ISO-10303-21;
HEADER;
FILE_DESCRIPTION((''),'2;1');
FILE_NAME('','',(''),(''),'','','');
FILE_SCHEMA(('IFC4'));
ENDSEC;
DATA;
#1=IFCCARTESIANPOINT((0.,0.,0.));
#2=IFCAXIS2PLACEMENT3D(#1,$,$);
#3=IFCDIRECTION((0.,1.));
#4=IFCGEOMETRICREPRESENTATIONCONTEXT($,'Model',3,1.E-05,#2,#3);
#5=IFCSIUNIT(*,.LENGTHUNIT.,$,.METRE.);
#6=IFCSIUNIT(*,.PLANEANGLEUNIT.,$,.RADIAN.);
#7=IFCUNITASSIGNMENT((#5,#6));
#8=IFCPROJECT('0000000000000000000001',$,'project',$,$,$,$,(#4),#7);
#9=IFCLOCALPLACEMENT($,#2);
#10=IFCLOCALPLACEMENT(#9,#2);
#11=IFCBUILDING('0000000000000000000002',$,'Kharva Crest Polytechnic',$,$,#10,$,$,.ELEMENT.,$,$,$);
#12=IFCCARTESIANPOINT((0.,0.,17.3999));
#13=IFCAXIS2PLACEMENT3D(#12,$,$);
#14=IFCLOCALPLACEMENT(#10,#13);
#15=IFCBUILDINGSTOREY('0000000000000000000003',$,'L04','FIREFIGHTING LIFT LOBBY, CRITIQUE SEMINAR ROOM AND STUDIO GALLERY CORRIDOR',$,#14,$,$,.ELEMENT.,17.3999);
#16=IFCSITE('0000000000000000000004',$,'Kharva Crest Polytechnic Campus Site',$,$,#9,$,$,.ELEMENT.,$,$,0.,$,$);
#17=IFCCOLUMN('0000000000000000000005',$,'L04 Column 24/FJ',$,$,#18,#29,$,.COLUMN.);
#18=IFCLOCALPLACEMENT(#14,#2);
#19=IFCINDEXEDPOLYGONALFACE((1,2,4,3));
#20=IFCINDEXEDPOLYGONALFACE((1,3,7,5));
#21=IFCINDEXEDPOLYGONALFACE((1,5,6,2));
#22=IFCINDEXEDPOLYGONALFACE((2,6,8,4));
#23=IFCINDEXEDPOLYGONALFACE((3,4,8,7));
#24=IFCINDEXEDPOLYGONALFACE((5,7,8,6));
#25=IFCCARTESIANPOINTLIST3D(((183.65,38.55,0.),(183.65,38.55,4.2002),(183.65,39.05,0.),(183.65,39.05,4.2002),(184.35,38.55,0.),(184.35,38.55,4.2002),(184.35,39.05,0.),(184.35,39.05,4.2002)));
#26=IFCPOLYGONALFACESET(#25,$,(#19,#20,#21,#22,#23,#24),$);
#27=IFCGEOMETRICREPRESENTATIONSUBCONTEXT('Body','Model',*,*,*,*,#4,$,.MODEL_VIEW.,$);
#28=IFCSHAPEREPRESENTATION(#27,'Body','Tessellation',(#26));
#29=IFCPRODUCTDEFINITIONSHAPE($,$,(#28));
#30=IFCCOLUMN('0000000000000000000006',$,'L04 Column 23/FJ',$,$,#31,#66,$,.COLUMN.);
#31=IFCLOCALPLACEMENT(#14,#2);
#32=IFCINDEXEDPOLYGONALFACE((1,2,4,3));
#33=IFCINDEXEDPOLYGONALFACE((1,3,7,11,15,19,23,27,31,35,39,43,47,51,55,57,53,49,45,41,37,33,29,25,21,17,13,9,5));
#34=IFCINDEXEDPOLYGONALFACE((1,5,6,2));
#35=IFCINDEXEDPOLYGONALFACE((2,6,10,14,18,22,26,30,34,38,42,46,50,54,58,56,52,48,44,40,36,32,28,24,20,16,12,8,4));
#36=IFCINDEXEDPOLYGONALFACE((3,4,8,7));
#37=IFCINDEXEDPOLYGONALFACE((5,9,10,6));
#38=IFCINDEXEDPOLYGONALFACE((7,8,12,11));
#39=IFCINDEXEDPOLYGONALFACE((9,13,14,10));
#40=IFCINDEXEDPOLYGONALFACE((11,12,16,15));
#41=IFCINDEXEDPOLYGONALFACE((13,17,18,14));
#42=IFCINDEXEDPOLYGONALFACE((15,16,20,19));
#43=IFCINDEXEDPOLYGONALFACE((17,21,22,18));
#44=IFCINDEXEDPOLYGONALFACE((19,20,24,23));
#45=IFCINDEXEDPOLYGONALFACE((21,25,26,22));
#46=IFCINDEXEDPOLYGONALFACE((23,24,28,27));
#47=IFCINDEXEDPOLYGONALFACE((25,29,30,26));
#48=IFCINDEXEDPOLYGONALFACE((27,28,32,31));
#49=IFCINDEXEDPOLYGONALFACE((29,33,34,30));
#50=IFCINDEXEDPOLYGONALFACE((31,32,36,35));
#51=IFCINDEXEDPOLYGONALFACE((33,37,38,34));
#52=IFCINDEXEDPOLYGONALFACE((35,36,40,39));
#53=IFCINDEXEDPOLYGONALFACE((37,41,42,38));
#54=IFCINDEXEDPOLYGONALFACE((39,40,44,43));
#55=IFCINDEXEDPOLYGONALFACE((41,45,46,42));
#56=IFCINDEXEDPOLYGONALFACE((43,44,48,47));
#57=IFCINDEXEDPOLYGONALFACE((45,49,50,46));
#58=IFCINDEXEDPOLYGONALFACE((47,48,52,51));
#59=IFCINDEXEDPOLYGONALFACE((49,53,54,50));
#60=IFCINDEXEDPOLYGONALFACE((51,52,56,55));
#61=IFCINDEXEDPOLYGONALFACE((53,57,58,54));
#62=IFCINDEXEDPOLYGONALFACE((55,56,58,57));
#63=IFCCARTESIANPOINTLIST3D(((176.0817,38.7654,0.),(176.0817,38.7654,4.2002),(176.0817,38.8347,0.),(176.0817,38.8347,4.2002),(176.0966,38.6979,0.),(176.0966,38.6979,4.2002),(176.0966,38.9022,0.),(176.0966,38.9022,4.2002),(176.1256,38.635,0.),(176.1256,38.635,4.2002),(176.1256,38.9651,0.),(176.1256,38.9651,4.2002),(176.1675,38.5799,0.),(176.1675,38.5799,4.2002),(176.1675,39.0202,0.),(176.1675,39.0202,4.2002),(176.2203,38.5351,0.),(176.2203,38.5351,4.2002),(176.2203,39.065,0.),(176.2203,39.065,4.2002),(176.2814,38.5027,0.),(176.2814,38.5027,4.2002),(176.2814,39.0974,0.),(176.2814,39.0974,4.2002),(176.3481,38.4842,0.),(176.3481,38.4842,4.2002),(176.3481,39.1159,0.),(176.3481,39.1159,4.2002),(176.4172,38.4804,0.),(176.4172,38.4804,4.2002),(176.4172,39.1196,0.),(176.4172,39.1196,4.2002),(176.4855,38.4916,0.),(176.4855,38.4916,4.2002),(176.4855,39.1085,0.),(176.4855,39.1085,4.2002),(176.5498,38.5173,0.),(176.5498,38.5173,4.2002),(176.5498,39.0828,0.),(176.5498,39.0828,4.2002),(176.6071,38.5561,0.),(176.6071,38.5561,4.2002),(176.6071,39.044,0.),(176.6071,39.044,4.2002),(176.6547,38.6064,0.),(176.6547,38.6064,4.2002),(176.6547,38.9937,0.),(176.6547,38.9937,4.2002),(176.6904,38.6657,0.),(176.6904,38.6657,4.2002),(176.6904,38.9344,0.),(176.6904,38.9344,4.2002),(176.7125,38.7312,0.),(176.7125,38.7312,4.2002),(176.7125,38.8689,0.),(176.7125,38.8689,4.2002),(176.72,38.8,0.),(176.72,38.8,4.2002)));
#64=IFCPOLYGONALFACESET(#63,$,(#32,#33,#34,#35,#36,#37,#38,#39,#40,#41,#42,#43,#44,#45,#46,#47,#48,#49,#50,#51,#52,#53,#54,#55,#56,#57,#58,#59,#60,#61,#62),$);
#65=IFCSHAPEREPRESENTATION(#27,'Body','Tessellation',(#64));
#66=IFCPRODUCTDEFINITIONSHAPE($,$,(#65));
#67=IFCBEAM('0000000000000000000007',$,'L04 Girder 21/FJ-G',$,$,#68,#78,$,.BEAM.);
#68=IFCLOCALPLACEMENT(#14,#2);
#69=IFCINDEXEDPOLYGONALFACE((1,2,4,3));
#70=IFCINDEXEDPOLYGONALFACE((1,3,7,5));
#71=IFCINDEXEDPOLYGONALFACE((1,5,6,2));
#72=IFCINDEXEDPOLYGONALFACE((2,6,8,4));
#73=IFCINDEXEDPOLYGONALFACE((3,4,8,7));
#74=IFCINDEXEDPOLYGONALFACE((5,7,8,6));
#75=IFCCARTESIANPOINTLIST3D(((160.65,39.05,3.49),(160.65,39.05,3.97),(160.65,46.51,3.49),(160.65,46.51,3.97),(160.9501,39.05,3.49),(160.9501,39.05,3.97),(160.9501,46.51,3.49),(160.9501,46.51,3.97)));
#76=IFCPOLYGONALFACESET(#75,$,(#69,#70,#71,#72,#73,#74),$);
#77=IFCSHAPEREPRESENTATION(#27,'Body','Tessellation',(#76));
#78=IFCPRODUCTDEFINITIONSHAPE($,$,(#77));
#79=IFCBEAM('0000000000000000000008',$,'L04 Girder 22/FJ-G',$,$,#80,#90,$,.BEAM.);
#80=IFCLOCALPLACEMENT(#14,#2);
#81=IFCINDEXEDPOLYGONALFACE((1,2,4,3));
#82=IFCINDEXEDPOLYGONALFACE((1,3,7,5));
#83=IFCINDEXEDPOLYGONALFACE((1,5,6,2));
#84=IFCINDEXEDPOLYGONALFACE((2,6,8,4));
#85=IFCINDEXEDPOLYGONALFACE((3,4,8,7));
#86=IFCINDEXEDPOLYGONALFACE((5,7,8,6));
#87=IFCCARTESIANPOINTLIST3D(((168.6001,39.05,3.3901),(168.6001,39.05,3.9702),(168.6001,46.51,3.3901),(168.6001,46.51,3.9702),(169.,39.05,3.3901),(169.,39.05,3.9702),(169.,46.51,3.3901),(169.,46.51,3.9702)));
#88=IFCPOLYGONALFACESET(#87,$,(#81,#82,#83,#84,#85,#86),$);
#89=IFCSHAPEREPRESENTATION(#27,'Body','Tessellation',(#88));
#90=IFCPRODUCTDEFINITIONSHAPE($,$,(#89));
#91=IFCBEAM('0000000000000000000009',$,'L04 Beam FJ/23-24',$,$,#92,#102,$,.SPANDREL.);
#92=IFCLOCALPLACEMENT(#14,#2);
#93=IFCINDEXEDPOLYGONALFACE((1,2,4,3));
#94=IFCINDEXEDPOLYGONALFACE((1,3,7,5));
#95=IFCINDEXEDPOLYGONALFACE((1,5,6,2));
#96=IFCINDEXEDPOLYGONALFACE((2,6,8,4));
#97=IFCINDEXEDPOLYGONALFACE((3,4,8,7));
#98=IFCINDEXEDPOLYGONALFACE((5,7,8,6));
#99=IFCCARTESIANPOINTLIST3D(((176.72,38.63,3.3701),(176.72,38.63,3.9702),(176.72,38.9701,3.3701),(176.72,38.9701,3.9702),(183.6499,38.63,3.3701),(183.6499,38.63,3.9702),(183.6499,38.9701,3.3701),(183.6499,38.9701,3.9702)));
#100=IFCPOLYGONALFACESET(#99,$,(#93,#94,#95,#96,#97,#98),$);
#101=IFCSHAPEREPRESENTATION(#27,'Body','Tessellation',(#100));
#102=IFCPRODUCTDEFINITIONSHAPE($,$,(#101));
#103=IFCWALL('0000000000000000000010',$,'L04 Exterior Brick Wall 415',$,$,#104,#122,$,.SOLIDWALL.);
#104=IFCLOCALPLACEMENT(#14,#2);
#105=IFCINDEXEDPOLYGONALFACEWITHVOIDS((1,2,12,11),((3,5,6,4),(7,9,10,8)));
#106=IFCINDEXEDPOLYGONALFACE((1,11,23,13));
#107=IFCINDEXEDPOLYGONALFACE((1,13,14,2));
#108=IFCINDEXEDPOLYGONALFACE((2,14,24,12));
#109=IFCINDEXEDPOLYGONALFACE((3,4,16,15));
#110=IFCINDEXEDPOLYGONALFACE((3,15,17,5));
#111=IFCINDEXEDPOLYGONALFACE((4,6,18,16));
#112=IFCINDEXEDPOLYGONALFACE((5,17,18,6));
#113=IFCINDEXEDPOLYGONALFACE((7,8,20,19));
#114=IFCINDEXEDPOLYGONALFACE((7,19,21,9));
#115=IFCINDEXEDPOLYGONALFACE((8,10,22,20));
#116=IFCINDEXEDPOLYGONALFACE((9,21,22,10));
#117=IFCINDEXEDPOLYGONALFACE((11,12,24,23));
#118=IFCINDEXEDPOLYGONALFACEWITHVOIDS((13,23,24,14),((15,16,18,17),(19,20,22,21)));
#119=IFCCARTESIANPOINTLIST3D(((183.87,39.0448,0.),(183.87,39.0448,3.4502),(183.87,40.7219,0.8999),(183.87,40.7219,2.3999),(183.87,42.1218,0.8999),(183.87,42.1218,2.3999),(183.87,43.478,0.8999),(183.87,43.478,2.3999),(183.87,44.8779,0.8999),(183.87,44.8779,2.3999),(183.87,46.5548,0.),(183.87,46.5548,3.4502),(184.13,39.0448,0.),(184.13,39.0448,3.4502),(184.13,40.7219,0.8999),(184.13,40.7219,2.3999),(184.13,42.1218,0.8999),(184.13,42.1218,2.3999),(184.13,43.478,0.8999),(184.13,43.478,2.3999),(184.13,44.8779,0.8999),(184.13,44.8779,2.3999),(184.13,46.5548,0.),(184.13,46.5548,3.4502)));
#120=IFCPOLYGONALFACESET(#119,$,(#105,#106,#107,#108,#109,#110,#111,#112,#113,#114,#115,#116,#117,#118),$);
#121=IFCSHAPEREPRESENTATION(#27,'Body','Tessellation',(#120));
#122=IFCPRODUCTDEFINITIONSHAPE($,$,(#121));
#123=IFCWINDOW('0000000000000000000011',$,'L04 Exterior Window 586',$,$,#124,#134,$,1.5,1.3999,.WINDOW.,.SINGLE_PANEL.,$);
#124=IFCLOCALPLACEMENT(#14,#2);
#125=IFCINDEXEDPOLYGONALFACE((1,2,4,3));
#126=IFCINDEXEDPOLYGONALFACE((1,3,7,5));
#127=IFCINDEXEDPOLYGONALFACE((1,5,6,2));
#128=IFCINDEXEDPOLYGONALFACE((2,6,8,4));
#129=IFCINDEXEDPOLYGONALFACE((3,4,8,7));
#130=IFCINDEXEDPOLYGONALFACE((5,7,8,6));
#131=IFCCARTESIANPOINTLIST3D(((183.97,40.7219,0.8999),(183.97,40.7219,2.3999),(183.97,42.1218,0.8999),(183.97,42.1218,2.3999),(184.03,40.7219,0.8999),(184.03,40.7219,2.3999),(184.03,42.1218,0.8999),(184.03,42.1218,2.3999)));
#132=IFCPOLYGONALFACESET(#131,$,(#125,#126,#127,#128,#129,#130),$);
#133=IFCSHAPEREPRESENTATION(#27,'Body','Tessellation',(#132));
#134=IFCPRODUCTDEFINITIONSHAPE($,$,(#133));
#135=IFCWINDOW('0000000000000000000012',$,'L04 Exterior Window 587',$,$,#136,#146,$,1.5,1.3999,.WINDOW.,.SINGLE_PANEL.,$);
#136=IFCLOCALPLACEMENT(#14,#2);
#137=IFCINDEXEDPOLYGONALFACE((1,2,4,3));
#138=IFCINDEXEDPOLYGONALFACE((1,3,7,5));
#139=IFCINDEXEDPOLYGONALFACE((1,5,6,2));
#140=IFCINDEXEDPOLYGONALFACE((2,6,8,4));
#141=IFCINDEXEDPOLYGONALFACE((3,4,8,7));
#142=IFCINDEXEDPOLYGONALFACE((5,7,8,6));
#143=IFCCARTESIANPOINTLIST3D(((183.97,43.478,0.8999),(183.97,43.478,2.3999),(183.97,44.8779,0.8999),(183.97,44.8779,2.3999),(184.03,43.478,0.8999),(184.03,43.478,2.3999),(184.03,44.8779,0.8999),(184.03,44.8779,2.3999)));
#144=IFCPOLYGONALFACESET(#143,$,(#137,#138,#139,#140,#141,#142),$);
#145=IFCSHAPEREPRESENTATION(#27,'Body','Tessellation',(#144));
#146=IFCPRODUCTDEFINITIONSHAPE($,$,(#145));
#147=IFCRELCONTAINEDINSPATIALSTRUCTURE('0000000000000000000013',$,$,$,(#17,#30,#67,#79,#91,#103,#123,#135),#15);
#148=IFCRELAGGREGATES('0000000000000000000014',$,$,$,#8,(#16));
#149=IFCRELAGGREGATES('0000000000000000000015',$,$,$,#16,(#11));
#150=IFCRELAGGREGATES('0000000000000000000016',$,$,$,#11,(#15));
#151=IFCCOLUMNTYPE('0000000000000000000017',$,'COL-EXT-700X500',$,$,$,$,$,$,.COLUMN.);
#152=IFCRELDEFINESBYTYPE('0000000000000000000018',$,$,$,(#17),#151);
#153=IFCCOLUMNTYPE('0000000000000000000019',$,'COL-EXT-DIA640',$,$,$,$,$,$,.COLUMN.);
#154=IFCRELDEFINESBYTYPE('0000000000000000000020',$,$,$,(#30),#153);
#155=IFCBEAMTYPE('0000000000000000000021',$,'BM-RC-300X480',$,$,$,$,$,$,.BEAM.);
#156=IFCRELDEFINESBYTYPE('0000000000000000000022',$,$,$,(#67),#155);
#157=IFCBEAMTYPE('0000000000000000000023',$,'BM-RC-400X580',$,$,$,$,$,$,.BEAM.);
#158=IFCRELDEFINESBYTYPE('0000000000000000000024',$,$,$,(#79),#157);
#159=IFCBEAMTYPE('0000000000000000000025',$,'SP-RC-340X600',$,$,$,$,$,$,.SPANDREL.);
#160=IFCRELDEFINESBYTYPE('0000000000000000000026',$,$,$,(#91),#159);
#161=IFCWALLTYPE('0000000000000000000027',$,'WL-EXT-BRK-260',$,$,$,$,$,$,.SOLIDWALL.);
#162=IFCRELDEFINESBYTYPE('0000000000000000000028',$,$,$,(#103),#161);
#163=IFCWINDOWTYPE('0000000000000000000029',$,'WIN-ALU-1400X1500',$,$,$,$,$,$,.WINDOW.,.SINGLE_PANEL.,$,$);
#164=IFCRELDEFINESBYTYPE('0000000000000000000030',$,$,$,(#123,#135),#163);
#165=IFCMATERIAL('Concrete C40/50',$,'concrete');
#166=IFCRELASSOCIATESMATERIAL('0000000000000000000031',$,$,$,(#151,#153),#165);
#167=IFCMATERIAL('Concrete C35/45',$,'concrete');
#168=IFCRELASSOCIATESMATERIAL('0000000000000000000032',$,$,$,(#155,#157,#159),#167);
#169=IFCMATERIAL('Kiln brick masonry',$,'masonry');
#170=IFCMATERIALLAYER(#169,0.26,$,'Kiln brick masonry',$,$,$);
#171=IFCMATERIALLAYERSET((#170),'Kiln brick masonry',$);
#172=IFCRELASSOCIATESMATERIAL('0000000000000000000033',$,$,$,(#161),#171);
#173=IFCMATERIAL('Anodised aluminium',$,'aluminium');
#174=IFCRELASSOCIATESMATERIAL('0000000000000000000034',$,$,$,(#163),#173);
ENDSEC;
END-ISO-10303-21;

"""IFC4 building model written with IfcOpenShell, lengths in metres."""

from ifc_helpers import new_model, si_unit, direction, frame, frame_2d, origin, origin_2d, place, context, subcontext, project, spatial, rectangle, circle, extrude, material, layer, layer_set, material_profile, profile_set, type_object, element, fill, save


model = new_model("IFC4")

# Units and contexts
model_context = context("Model", 3, precision=1e-05, world=origin(), true_north=direction((0.0, 1.0)))
body_context = subcontext(model_context, "Body", "Model", "MODEL_VIEW")
ifc_project = project(units=[si_unit("LENGTHUNIT", "METRE"), si_unit("PLANEANGLEUNIT", "RADIAN")], contexts=[model_context])

# Site, building, storey
site_placement = place(None, origin())
site = spatial("IfcSite", under=ifc_project, at=site_placement, Name="Kharva Crest Polytechnic Campus Site", CompositionType="ELEMENT", RefElevation=0.0)
building_placement = place(site_placement, origin())
building = spatial("IfcBuilding", under=site, at=building_placement, Name="Kharva Crest Polytechnic", CompositionType="ELEMENT")
storey_placement = place(building_placement, frame((0.0, 0.0, 17.3999)))
storey = spatial("IfcBuildingStorey", under=building, at=storey_placement, Name="L04", Description="FIREFIGHTING LIFT LOBBY, CRITIQUE SEMINAR ROOM AND STUDIO GALLERY CORRIDOR", CompositionType="ELEMENT", Elevation=17.3999)

# Columns
ifc_material_1 = material(Name="Concrete C40/50", Category="concrete")
ifc_material_profile_1 = material_profile(ifc_material_1, rectangle(XDim=0.7, YDim=0.5, at=origin_2d()), Name="RECT 700 X 500")
ifc_profile_set_1 = profile_set([ifc_material_profile_1], Name="Concrete C40/50")
column_type_1 = type_object("IfcColumnType", Name="COL-EXT-700X500", PredefinedType="COLUMN", material=ifc_profile_set_1)
column_1_placement = place(storey_placement, frame((184.0, 38.8, 0.0), z_axis=(0.0, 0.0, 1.0), x_axis=(1.0, 0.0, 0.0)))
element("IfcColumn", 1, at=column_1_placement, inside=storey, type_object=column_type_1, Name="L04 Column 24/FJ", PredefinedType="COLUMN", context=body_context, shape_type="SweptSolid", body=[
    extrude(rectangle(XDim=0.7, YDim=0.5, at=origin_2d()), origin(), (0.0, 0.0, 1.0), 4.2002),
])
ifc_material_profile_2 = material_profile(ifc_material_1, circle(Radius=0.3201, at=origin_2d()), Name="DIA 640")
ifc_profile_set_2 = profile_set([ifc_material_profile_2], Name="Concrete C40/50")
column_type_2 = type_object("IfcColumnType", Name="COL-EXT-DIA640", PredefinedType="COLUMN", material=ifc_profile_set_2)
column_2_placement = place(storey_placement, frame((176.3999, 38.8, 0.0), z_axis=(0.0, 0.0, 1.0), x_axis=(1.0, 0.0, 0.0)))
element("IfcColumn", 2, at=column_2_placement, inside=storey, type_object=column_type_2, Name="L04 Column 23/FJ", PredefinedType="COLUMN", context=body_context, shape_type="SweptSolid", body=[
    extrude(circle(Radius=0.3201, at=origin_2d()), origin(), (0.0, 0.0, 1.0), 4.2002),
])

# Beams
ifc_material_2 = material(Name="Concrete C35/45", Category="concrete")
ifc_material_profile_3 = material_profile(ifc_material_2, rectangle(XDim=0.3, YDim=0.48, at=origin_2d()), Name="RECT 300 X 480")
ifc_profile_set_3 = profile_set([ifc_material_profile_3], Name="Concrete C35/45")
beam_type_1 = type_object("IfcBeamType", Name="BM-RC-300X480", PredefinedType="BEAM", material=ifc_profile_set_3)
beam_1_placement = place(storey_placement, frame((160.8, 39.05, 3.73), z_axis=(0.0, 1.0, 0.0), x_axis=(-1.0, 0.0, 0.0)))
element("IfcBeam", 3, at=beam_1_placement, inside=storey, type_object=beam_type_1, Name="L04 Girder 21/FJ-G", PredefinedType="BEAM", context=body_context, shape_type="SweptSolid", body=[
    extrude(rectangle(XDim=0.3, YDim=0.48, at=origin_2d()), origin(), (0.0, 0.0, 1.0), 7.46),
])
ifc_material_profile_4 = material_profile(ifc_material_2, rectangle(XDim=0.3999, YDim=0.5801, at=origin_2d()), Name="RECT 400 X 580")
ifc_profile_set_4 = profile_set([ifc_material_profile_4], Name="Concrete C35/45")
beam_type_2 = type_object("IfcBeamType", Name="BM-RC-400X580", PredefinedType="BEAM", material=ifc_profile_set_4)
beam_2_placement = place(storey_placement, frame((168.8, 39.05, 3.6802), z_axis=(0.0, 1.0, 0.0), x_axis=(-1.0, 0.0, 0.0)))
element("IfcBeam", 4, at=beam_2_placement, inside=storey, type_object=beam_type_2, Name="L04 Girder 22/FJ-G", PredefinedType="BEAM", context=body_context, shape_type="SweptSolid", body=[
    extrude(rectangle(XDim=0.3999, YDim=0.5801, at=origin_2d()), origin(), (0.0, 0.0, 1.0), 7.46),
])
ifc_material_profile_5 = material_profile(ifc_material_2, rectangle(XDim=0.3401, YDim=0.6001, at=origin_2d()), Name="RECT 340 X 600")
ifc_profile_set_5 = profile_set([ifc_material_profile_5], Name="Concrete C35/45")
beam_type_3 = type_object("IfcBeamType", Name="SP-RC-340X600", PredefinedType="SPANDREL", material=ifc_profile_set_5)
beam_3_placement = place(storey_placement, frame((176.72, 38.8, 3.6702), z_axis=(1.0, 0.0, 0.0), x_axis=(0.0, 1.0, 0.0)))
element("IfcBeam", 5, at=beam_3_placement, inside=storey, type_object=beam_type_3, Name="L04 Beam FJ/23-24", PredefinedType="SPANDREL", context=body_context, shape_type="SweptSolid", body=[
    extrude(rectangle(XDim=0.3401, YDim=0.6001, at=origin_2d()), origin(), (0.0, 0.0, 1.0), 6.9299),
])

# Wall, openings, windows
ifc_material_3 = material(Name="Kiln brick masonry", Category="masonry")
ifc_layer_1 = layer(ifc_material_3, 0.26, Name="Kiln brick masonry")
ifc_layer_set_1 = layer_set([ifc_layer_1], Name="Kiln brick masonry")
wall_type_1 = type_object("IfcWallType", Name="WL-EXT-BRK-260", PredefinedType="SOLIDWALL", material=ifc_layer_set_1)
wall_1_placement = place(storey_placement, frame((184.0, 39.0449, 0.0), z_axis=(0.0, 0.0, 1.0), x_axis=(0.0, 1.0, 0.0)))
wall_1 = element("IfcWall", 6, at=wall_1_placement, inside=storey, type_object=wall_type_1, Name="L04 Exterior Brick Wall 415", PredefinedType="SOLIDWALL", context=body_context, shape_type="SweptSolid", body=[
    extrude(rectangle(XDim=7.51, YDim=0.26, at=frame_2d((3.7549, 0.0))), origin(), (0.0, 0.0, 1.0), 3.4502),
])
opening_1_placement = place(wall_1_placement, frame((1.677, 0.0, 0.8999)))
opening_1 = element("IfcOpeningElement", 7, at=opening_1_placement, cuts=wall_1, PredefinedType="OPENING", context=body_context, shape_type="SweptSolid", body=[
    extrude(rectangle(XDim=1.3999, YDim=1.5, at=frame_2d((0.7, 0.75))), frame((0.0, 0.1399, 0.0), z_axis=(0.0, -1.0, 0.0), x_axis=(1.0, 0.0, 0.0)), (0.0, 0.0, 1.0), 0.28),
])
opening_2_placement = place(wall_1_placement, frame((4.4331, 0.0, 0.8999)))
opening_2 = element("IfcOpeningElement", 8, at=opening_2_placement, cuts=wall_1, PredefinedType="OPENING", context=body_context, shape_type="SweptSolid", body=[
    extrude(rectangle(XDim=1.3999, YDim=1.5, at=frame_2d((0.7, 0.75))), frame((0.0, 0.1399, 0.0), z_axis=(0.0, -1.0, 0.0), x_axis=(1.0, 0.0, 0.0)), (0.0, 0.0, 1.0), 0.28),
])
ifc_material_4 = material(Name="Anodised aluminium", Category="aluminium")
window_type_1 = type_object("IfcWindowType", Name="WIN-ALU-1400X1500", PartitioningType="SINGLE_PANEL", PredefinedType="WINDOW", material=ifc_material_4)
window_1_placement = place(opening_1_placement, origin())
window_1 = element("IfcWindow", 9, at=window_1_placement, inside=storey, type_object=window_type_1, Name="L04 Exterior Window 586", OverallHeight=1.5, OverallWidth=1.3999, PartitioningType="SINGLE_PANEL", PredefinedType="WINDOW", context=body_context, shape_type="SweptSolid", body=[
    extrude(rectangle(XDim=1.3999, YDim=1.5, at=frame_2d((0.7, 0.75))), frame((0.0, 0.03, 0.0), z_axis=(0.0, -1.0, 0.0), x_axis=(1.0, 0.0, 0.0)), (0.0, 0.0, 1.0), 0.0601),
])
fill(opening_1, window_1)
window_2_placement = place(opening_2_placement, origin())
window_2 = element("IfcWindow", 10, at=window_2_placement, inside=storey, type_object=window_type_1, Name="L04 Exterior Window 587", OverallHeight=1.5, OverallWidth=1.3999, PartitioningType="SINGLE_PANEL", PredefinedType="WINDOW", context=body_context, shape_type="SweptSolid", body=[
    extrude(rectangle(XDim=1.3999, YDim=1.5, at=frame_2d((0.7, 0.75))), frame((0.0, 0.03, 0.0), z_axis=(0.0, -1.0, 0.0), x_axis=(1.0, 0.0, 0.0)), (0.0, 0.0, 1.0), 0.0601),
])
fill(opening_2, window_2)

save(model, "model.ifc")
